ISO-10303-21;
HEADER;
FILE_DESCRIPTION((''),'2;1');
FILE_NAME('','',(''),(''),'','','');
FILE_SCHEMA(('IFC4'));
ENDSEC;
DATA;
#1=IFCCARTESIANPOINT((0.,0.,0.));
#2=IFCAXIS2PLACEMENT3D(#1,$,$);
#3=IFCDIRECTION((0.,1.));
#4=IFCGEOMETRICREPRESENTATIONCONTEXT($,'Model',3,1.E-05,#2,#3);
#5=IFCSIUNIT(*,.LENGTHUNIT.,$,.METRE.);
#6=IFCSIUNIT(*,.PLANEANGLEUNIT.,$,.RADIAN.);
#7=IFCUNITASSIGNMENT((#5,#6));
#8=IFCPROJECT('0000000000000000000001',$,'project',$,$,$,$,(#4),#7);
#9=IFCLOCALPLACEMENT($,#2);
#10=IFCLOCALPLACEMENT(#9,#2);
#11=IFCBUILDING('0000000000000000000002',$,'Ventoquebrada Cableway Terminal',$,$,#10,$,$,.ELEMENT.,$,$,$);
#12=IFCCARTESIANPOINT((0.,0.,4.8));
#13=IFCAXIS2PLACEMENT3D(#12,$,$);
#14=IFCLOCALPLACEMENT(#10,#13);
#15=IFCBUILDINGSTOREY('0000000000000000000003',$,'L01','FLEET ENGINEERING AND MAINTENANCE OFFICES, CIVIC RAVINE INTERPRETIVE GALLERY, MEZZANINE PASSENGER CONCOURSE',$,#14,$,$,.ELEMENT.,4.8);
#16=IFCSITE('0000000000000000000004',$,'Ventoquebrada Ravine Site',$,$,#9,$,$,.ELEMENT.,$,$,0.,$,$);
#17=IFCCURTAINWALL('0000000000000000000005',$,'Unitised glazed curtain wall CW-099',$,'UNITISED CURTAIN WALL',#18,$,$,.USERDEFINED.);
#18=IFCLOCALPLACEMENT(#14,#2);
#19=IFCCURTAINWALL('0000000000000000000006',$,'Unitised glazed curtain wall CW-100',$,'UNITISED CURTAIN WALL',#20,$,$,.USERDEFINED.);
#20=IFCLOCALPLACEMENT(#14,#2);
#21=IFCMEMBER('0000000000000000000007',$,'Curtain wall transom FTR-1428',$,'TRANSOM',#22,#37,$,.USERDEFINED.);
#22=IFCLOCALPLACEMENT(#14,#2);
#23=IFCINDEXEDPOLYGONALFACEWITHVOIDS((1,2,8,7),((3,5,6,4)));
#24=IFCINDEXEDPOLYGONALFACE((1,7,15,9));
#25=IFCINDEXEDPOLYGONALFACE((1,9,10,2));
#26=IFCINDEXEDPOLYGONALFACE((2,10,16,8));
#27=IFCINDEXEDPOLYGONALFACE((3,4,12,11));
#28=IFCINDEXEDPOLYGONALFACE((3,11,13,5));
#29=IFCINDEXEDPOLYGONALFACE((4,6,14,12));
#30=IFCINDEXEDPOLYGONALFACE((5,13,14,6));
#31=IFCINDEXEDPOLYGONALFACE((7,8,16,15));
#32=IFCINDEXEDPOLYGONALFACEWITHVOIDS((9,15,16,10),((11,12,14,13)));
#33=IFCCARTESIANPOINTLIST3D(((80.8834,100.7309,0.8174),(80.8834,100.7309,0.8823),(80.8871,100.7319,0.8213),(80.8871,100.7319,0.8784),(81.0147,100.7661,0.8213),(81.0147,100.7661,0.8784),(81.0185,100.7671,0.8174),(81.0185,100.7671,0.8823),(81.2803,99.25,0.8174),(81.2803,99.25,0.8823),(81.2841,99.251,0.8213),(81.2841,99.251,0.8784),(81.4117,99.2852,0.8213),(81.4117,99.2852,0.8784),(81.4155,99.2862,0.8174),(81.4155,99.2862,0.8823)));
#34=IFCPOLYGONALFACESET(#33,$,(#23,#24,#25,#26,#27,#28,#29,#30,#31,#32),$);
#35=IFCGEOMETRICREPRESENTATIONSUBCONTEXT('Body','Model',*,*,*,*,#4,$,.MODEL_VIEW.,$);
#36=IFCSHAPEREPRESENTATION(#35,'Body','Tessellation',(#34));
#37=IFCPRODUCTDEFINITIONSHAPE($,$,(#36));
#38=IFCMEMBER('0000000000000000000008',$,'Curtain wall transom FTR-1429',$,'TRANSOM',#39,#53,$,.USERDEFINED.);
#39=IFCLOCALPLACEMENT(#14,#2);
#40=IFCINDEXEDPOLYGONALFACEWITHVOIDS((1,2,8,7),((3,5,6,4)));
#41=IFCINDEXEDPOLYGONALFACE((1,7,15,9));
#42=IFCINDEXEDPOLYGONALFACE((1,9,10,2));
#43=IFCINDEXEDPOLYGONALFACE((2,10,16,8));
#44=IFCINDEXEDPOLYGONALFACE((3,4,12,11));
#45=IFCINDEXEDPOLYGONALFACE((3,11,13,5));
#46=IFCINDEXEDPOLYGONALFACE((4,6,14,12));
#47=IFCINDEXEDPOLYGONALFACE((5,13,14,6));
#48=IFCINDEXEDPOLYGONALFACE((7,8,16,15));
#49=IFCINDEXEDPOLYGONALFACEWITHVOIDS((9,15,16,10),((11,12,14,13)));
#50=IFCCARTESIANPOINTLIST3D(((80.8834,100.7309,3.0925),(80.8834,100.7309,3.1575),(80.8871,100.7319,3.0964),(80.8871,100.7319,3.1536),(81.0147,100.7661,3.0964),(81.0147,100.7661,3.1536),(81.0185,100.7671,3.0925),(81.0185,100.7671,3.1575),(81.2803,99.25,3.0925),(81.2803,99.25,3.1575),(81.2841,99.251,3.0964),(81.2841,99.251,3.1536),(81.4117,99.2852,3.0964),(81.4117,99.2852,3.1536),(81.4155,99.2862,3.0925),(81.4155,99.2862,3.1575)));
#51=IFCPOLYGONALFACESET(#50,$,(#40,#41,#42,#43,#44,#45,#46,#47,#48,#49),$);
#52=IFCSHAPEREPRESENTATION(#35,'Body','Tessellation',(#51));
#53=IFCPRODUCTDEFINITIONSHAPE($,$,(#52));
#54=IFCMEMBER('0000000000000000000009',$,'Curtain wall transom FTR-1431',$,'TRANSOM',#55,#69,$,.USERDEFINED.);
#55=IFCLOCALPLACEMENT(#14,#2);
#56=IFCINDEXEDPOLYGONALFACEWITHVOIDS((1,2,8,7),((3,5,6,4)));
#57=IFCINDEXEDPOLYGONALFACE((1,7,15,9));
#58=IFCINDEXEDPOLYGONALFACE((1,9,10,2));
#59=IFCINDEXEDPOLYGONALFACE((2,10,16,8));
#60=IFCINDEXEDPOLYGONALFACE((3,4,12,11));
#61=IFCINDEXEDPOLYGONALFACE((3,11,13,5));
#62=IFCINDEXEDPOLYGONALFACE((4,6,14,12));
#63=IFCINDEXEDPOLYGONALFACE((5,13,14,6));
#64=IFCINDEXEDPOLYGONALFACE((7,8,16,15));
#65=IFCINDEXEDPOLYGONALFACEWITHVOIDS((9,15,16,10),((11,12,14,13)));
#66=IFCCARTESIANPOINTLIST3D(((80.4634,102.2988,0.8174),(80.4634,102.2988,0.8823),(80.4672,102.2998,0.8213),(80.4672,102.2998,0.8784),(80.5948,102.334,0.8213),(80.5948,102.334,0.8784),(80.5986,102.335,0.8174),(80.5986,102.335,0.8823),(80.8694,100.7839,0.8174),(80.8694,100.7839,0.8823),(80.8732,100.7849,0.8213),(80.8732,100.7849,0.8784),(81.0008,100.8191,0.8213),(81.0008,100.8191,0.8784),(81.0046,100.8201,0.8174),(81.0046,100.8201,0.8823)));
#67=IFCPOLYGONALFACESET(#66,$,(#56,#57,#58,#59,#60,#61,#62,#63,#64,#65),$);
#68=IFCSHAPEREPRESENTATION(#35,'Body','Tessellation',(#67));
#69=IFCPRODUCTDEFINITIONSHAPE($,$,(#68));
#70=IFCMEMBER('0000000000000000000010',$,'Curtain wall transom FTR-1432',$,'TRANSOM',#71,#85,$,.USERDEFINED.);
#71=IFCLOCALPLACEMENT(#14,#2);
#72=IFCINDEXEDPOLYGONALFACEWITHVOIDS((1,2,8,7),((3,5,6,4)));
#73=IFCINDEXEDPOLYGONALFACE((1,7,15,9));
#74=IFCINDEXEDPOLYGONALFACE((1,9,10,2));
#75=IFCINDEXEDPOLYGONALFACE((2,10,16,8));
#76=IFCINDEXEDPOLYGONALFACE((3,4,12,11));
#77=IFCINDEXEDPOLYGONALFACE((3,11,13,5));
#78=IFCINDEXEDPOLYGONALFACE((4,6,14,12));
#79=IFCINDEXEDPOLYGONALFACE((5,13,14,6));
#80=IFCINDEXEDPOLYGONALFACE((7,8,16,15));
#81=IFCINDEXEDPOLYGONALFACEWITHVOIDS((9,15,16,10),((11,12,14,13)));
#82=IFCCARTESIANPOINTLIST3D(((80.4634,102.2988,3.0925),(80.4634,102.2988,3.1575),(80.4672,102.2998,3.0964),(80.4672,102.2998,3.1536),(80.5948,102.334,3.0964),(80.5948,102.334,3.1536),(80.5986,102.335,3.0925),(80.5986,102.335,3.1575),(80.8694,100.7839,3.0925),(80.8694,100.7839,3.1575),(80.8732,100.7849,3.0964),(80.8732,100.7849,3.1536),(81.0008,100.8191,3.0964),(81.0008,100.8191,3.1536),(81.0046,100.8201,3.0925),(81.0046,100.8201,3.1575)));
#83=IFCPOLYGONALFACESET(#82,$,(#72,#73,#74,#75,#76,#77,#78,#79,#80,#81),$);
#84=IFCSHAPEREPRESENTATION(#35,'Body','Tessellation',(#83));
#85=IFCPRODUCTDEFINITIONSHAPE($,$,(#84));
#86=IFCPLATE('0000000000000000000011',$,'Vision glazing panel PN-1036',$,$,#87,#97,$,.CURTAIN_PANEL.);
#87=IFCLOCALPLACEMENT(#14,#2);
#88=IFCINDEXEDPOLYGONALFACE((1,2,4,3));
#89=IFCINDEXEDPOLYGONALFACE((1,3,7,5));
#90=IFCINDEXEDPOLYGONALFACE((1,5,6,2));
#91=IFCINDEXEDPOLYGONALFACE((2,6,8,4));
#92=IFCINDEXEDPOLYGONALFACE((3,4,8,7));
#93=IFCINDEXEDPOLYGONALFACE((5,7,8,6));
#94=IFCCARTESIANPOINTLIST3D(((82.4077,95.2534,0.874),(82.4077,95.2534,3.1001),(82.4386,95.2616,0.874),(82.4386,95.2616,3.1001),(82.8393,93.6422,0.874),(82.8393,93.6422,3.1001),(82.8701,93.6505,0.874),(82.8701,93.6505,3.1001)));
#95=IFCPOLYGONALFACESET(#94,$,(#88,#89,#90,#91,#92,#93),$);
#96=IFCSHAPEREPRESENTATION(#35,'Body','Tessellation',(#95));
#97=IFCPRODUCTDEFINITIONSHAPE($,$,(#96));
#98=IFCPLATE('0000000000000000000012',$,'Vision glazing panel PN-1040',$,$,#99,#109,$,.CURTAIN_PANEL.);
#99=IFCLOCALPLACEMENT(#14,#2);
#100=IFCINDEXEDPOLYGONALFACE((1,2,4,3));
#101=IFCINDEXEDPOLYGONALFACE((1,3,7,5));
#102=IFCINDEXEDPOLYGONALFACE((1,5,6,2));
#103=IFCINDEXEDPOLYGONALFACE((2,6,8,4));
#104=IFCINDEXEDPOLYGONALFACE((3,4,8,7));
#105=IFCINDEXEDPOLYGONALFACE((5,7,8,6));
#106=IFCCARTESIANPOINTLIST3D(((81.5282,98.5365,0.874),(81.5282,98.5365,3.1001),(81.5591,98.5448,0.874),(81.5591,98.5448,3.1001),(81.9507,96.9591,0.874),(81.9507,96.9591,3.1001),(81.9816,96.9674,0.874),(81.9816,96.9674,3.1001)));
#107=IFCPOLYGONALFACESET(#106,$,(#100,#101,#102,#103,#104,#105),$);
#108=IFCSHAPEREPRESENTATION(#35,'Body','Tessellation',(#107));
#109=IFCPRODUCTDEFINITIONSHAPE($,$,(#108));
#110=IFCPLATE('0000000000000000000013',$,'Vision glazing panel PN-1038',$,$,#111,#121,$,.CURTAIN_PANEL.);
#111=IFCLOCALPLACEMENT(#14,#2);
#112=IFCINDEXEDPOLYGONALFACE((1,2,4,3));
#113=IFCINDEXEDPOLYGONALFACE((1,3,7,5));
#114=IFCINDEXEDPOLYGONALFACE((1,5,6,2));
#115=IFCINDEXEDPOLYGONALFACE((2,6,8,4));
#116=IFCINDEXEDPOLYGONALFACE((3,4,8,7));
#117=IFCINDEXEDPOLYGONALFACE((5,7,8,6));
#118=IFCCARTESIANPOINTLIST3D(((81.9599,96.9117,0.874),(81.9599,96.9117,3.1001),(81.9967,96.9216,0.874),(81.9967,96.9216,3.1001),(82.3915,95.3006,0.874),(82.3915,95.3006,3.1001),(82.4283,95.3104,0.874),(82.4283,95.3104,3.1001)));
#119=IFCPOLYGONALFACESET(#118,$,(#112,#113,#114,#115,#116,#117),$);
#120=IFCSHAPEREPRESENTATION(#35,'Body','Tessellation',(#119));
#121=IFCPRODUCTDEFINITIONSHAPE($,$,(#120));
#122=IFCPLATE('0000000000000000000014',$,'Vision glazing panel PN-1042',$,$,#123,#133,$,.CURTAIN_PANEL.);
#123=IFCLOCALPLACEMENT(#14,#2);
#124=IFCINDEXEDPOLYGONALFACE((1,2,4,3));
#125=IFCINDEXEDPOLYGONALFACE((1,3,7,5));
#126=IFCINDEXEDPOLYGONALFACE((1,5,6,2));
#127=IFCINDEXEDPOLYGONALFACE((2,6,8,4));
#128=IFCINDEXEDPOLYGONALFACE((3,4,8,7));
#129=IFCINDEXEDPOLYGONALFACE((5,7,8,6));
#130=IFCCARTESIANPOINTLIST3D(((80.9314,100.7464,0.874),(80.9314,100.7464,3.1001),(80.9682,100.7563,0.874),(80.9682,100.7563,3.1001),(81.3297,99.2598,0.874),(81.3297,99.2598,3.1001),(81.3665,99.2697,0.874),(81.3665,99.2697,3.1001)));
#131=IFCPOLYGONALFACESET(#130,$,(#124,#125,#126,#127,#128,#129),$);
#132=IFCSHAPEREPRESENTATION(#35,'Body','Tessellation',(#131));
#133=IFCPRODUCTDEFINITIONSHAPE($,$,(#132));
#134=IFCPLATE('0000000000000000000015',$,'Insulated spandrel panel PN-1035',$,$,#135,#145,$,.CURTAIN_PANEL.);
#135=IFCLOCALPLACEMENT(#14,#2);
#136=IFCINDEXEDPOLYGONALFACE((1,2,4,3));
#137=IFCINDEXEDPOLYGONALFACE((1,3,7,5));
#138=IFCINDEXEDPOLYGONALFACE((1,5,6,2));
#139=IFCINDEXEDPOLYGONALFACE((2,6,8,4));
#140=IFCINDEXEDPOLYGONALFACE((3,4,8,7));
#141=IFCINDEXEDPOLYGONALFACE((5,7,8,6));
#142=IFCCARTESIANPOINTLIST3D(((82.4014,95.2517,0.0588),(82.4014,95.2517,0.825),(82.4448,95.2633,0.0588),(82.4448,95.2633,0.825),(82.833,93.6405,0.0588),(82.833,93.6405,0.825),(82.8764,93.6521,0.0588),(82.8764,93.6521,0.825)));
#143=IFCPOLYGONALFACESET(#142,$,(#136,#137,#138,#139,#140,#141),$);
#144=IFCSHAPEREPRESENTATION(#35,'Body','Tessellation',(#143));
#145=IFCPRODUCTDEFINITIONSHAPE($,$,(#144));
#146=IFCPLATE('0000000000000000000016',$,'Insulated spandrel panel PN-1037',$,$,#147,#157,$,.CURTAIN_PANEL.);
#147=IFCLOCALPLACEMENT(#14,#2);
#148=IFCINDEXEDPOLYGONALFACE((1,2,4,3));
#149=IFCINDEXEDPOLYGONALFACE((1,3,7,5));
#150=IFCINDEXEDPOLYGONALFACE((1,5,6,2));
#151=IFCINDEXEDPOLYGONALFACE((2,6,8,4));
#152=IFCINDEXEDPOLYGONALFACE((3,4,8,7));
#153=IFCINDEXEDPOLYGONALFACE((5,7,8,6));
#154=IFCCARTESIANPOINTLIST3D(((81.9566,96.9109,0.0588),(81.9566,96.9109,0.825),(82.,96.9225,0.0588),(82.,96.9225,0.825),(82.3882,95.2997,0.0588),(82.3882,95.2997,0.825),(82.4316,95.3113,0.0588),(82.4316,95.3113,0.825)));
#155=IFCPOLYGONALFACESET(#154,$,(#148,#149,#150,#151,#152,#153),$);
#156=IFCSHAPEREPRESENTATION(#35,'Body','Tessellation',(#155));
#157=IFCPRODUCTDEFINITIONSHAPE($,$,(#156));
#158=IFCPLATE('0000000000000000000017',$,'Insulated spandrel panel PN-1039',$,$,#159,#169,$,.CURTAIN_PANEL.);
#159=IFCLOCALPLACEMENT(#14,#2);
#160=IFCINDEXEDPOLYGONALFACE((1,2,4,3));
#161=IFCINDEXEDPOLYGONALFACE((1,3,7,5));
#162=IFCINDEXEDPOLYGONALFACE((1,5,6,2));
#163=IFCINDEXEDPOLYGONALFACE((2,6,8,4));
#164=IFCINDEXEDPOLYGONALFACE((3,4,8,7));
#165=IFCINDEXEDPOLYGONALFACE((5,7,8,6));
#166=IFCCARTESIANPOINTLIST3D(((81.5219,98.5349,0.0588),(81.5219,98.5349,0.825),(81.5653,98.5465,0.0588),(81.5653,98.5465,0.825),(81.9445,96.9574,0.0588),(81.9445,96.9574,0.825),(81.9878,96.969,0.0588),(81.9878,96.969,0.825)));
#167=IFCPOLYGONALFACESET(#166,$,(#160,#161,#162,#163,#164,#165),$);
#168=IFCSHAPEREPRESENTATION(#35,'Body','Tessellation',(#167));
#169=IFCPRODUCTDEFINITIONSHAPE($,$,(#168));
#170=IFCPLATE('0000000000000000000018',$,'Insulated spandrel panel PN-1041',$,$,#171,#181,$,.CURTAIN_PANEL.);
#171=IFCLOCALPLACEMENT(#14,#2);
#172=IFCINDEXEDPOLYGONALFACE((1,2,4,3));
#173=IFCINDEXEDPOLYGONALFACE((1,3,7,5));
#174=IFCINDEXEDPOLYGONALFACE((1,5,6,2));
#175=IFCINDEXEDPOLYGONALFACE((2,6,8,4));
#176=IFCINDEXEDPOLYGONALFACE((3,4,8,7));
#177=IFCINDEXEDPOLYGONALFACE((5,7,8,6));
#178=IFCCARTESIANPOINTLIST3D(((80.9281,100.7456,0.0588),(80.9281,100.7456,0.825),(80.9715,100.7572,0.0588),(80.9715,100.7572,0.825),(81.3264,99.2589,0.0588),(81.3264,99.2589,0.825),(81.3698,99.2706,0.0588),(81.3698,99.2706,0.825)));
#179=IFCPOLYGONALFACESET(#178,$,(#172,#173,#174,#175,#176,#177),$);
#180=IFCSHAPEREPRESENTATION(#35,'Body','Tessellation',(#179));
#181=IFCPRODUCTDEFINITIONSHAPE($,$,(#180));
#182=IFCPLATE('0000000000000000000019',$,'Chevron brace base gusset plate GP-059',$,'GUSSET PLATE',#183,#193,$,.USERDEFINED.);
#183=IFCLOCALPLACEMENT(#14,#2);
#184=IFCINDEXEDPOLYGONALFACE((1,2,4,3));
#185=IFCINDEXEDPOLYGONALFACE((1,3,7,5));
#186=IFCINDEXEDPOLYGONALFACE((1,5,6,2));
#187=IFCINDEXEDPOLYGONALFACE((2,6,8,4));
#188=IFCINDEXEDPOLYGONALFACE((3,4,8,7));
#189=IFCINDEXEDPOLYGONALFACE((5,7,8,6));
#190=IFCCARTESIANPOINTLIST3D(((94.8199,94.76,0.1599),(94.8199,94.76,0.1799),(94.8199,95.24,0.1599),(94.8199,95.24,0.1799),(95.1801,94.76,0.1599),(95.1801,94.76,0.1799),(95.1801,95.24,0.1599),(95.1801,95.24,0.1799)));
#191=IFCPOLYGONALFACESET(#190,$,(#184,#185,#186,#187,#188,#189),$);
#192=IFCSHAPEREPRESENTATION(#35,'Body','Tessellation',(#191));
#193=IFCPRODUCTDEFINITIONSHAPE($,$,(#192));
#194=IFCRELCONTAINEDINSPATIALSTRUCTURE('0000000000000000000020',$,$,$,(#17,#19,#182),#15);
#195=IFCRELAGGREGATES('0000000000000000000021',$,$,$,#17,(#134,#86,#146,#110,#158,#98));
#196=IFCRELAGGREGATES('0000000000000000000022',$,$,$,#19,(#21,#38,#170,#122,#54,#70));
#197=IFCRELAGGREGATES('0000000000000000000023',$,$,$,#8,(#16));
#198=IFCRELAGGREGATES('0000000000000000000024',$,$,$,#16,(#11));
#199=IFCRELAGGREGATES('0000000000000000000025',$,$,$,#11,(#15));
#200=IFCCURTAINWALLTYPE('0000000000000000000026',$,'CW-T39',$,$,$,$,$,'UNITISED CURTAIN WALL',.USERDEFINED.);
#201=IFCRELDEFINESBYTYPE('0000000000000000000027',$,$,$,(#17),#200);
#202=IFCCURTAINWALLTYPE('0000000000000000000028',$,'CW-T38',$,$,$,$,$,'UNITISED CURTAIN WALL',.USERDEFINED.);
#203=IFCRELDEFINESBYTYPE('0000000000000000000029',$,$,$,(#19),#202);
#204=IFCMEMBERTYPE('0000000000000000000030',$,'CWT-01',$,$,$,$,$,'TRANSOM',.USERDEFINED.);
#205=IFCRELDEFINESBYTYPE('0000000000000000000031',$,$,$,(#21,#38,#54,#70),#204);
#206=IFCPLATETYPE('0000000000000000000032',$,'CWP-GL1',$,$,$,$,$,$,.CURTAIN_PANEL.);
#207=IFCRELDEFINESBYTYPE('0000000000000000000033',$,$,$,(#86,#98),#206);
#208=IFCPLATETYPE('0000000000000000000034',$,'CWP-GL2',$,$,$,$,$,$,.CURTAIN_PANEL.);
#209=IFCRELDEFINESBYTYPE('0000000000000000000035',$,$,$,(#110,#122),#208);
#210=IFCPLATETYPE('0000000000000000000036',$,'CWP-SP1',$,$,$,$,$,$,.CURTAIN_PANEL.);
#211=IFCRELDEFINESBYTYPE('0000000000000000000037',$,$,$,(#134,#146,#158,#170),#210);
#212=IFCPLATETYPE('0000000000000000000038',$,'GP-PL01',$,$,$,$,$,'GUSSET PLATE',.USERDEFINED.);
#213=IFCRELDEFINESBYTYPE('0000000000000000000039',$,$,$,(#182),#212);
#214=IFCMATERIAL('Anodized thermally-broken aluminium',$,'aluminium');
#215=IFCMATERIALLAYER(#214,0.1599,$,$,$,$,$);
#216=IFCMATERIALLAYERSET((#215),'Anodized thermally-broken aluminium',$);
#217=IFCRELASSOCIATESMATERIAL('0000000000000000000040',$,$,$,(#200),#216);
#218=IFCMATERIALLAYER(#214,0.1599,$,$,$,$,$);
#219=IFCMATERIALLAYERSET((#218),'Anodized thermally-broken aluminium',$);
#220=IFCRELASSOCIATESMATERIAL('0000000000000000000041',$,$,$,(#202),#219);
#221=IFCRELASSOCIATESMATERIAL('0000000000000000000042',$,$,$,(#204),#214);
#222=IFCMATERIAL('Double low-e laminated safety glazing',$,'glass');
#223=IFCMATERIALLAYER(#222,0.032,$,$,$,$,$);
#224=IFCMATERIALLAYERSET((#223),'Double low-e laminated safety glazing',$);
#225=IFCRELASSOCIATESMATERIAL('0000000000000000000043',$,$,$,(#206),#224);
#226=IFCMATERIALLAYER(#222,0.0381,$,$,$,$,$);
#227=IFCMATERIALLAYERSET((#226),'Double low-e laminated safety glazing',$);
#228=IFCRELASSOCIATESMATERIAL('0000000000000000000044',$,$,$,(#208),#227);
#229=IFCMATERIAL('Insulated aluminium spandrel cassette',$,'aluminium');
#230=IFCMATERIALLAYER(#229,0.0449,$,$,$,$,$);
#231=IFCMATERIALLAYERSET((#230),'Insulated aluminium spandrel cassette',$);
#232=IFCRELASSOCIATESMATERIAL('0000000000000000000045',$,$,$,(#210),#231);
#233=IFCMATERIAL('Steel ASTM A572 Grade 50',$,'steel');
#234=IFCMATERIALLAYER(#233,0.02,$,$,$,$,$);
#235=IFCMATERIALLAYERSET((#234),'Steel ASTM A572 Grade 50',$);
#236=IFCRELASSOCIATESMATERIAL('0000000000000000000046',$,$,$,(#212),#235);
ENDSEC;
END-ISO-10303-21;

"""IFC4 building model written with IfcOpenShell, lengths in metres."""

from ifc_helpers import new_model, si_unit, direction, frame, origin, origin_2d, place, context, subcontext, project, spatial, rectangle, hollow_rectangle, extrude, material, layer, layer_set, material_profile, profile_set, type_object, element, aggregate, save


model = new_model("IFC4")

# Units and contexts
model_context = context("Model", 3, precision=1e-05, world=origin(), true_north=direction((0.0, 1.0)))
body_context = subcontext(model_context, "Body", "Model", "MODEL_VIEW")
ifc_project = project(units=[si_unit("LENGTHUNIT", "METRE"), si_unit("PLANEANGLEUNIT", "RADIAN")], contexts=[model_context])

# Site, building, storey
site_placement = place(None, origin())
site = spatial("IfcSite", under=ifc_project, at=site_placement, Name="Ventoquebrada Ravine Site", CompositionType="ELEMENT", RefElevation=0.0)
building_placement = place(site_placement, origin())
building = spatial("IfcBuilding", under=site, at=building_placement, Name="Ventoquebrada Cableway Terminal", CompositionType="ELEMENT")
storey_placement = place(building_placement, frame((0.0, 0.0, 4.8)))
storey = spatial("IfcBuildingStorey", under=building, at=storey_placement, Name="L01", Description="FLEET ENGINEERING AND MAINTENANCE OFFICES, CIVIC RAVINE INTERPRETIVE GALLERY, MEZZANINE PASSENGER CONCOURSE", CompositionType="ELEMENT", Elevation=4.8)

# Curtain walls
ifc_material_1 = material(Name="Anodized thermally-broken aluminium", Category="aluminium")
ifc_layer_1 = layer(ifc_material_1, 0.1599)
ifc_layer_set_1 = layer_set([ifc_layer_1], Name="Anodized thermally-broken aluminium")
curtain_wall_type_1 = type_object("IfcCurtainWallType", Name="CW-T39", ElementType="UNITISED CURTAIN WALL", PredefinedType="USERDEFINED", material=ifc_layer_set_1)
curtain_wall_1_placement = place(storey_placement, origin())
curtain_wall_1 = element("IfcCurtainWall", 1, at=curtain_wall_1_placement, inside=storey, type_object=curtain_wall_type_1, Name="Unitised glazed curtain wall CW-099", ObjectType="UNITISED CURTAIN WALL", PredefinedType="USERDEFINED")
ifc_layer_2 = layer(ifc_material_1, 0.1599)
ifc_layer_set_2 = layer_set([ifc_layer_2], Name="Anodized thermally-broken aluminium")
curtain_wall_type_2 = type_object("IfcCurtainWallType", Name="CW-T38", ElementType="UNITISED CURTAIN WALL", PredefinedType="USERDEFINED", material=ifc_layer_set_2)
curtain_wall_2_placement = place(storey_placement, origin())
curtain_wall_2 = element("IfcCurtainWall", 2, at=curtain_wall_2_placement, inside=storey, type_object=curtain_wall_type_2, Name="Unitised glazed curtain wall CW-100", ObjectType="UNITISED CURTAIN WALL", PredefinedType="USERDEFINED")

# Members
ifc_material_profile_1 = material_profile(ifc_material_1, hollow_rectangle(XDim=0.0649, YDim=0.1399, WallThickness=0.0039, at=origin_2d()), Name="CW-TRN-65X140")
ifc_profile_set_1 = profile_set([ifc_material_profile_1], Name="Anodized thermally-broken aluminium")
member_type_1 = type_object("IfcMemberType", Name="CWT-01", ElementType="TRANSOM", PredefinedType="USERDEFINED", material=ifc_profile_set_1)
member_1_placement = place(storey_placement, frame((81.3479, 99.2681, 0.8499), z_axis=(-0.258911, 0.965901, 0.0), x_axis=(0.0, 0.0, 1.0)))
member_1 = element("IfcMember", 3, at=member_1_placement, type_object=member_type_1, Name="Curtain wall transom FTR-1428", ObjectType="TRANSOM", PredefinedType="USERDEFINED", context=body_context, shape_type="SweptSolid", body=[
    extrude(hollow_rectangle(XDim=0.0649, YDim=0.1399, WallThickness=0.0039, at=origin_2d()), origin(), (0.0, 0.0, 1.0), 1.5332),
])
member_2_placement = place(storey_placement, frame((81.3479, 99.2681, 3.125), z_axis=(-0.258911, 0.965901, 0.0), x_axis=(0.0, 0.0, 1.0)))
member_2 = element("IfcMember", 4, at=member_2_placement, type_object=member_type_1, Name="Curtain wall transom FTR-1429", ObjectType="TRANSOM", PredefinedType="USERDEFINED", context=body_context, shape_type="SweptSolid", body=[
    extrude(hollow_rectangle(XDim=0.0649, YDim=0.1399, WallThickness=0.0039, at=origin_2d()), origin(), (0.0, 0.0, 1.0), 1.5332),
])
member_3_placement = place(storey_placement, frame((80.937, 100.802, 0.8499), z_axis=(-0.258874, 0.965911, 0.0), x_axis=(0.0, 0.0, 1.0)))
member_3 = element("IfcMember", 5, at=member_3_placement, type_object=member_type_1, Name="Curtain wall transom FTR-1431", ObjectType="TRANSOM", PredefinedType="USERDEFINED", context=body_context, shape_type="SweptSolid", body=[
    extrude(hollow_rectangle(XDim=0.0649, YDim=0.1399, WallThickness=0.0039, at=origin_2d()), origin(), (0.0, 0.0, 1.0), 1.5684),
])
member_4_placement = place(storey_placement, frame((80.937, 100.802, 3.125), z_axis=(-0.258874, 0.965911, 0.0), x_axis=(0.0, 0.0, 1.0)))
member_4 = element("IfcMember", 6, at=member_4_placement, type_object=member_type_1, Name="Curtain wall transom FTR-1432", ObjectType="TRANSOM", PredefinedType="USERDEFINED", context=body_context, shape_type="SweptSolid", body=[
    extrude(hollow_rectangle(XDim=0.0649, YDim=0.1399, WallThickness=0.0039, at=origin_2d()), origin(), (0.0, 0.0, 1.0), 1.5684),
])

# Plates
ifc_material_2 = material(Name="Double low-e laminated safety glazing", Category="glass")
ifc_layer_3 = layer(ifc_material_2, 0.032)
ifc_layer_set_3 = layer_set([ifc_layer_3], Name="Double low-e laminated safety glazing")
plate_type_1 = type_object("IfcPlateType", Name="CWP-GL1", PredefinedType="CURTAIN_PANEL", material=ifc_layer_set_3)
plate_1_placement = place(storey_placement, frame((82.6389, 94.4519, 0.874), z_axis=(0.0, 0.0, 1.0), x_axis=(-0.258735, 0.965948, 0.0)))
plate_1 = element("IfcPlate", 7, at=plate_1_placement, type_object=plate_type_1, Name="Vision glazing panel PN-1036", PredefinedType="CURTAIN_PANEL", context=body_context, shape_type="SweptSolid", body=[
    extrude(rectangle(XDim=1.668, YDim=0.032, at=origin_2d()), origin(), (0.0, 0.0, 1.0), 2.2261),
])
plate_2_placement = place(storey_placement, frame((81.7549, 97.752, 0.874), z_axis=(0.0, 0.0, 1.0), x_axis=(-0.258735, 0.965948, 0.0)))
plate_2 = element("IfcPlate", 8, at=plate_2_placement, type_object=plate_type_1, Name="Vision glazing panel PN-1040", PredefinedType="CURTAIN_PANEL", context=body_context, shape_type="SweptSolid", body=[
    extrude(rectangle(XDim=1.6331, YDim=0.032, at=origin_2d()), origin(), (0.0, 0.0, 1.0), 2.2261),
])
ifc_layer_4 = layer(ifc_material_2, 0.0381)
ifc_layer_set_4 = layer_set([ifc_layer_4], Name="Double low-e laminated safety glazing")
plate_type_2 = type_object("IfcPlateType", Name="CWP-GL2", PredefinedType="CURTAIN_PANEL", material=ifc_layer_set_4)
plate_3_placement = place(storey_placement, frame((82.1941, 96.1111, 0.874), z_axis=(0.0, 0.0, 1.0), x_axis=(-0.258735, 0.965948, 0.0)))
plate_3 = element("IfcPlate", 9, at=plate_3_placement, type_object=plate_type_2, Name="Vision glazing panel PN-1038", PredefinedType="CURTAIN_PANEL", context=body_context, shape_type="SweptSolid", body=[
    extrude(rectangle(XDim=1.668, YDim=0.0381, at=origin_2d()), origin(), (0.0, 0.0, 1.0), 2.2261),
])
plate_4_placement = place(storey_placement, frame((81.1489, 100.0081, 0.874), z_axis=(0.0, 0.0, 1.0), x_axis=(-0.258785, 0.965935, 0.0)))
plate_4 = element("IfcPlate", 10, at=plate_4_placement, type_object=plate_type_2, Name="Vision glazing panel PN-1042", PredefinedType="CURTAIN_PANEL", context=body_context, shape_type="SweptSolid", body=[
    extrude(rectangle(XDim=1.5391, YDim=0.0381, at=origin_2d()), origin(), (0.0, 0.0, 1.0), 2.2261),
])
ifc_material_3 = material(Name="Insulated aluminium spandrel cassette", Category="aluminium")
ifc_layer_5 = layer(ifc_material_3, 0.0449)
ifc_layer_set_5 = layer_set([ifc_layer_5], Name="Insulated aluminium spandrel cassette")
plate_type_3 = type_object("IfcPlateType", Name="CWP-SP1", PredefinedType="CURTAIN_PANEL", material=ifc_layer_set_5)
plate_5_placement = place(storey_placement, frame((82.6389, 94.4519, 0.0588), z_axis=(0.0, 0.0, 1.0), x_axis=(-0.258735, 0.965948, 0.0)))
plate_5 = element("IfcPlate", 11, at=plate_5_placement, type_object=plate_type_3, Name="Insulated spandrel panel PN-1035", PredefinedType="CURTAIN_PANEL", context=body_context, shape_type="SweptSolid", body=[
    extrude(rectangle(XDim=1.668, YDim=0.0449, at=origin_2d()), origin(), (0.0, 0.0, 1.0), 0.7661),
])
plate_6_placement = place(storey_placement, frame((82.1941, 96.1111, 0.0588), z_axis=(0.0, 0.0, 1.0), x_axis=(-0.258735, 0.965948, 0.0)))
plate_6 = element("IfcPlate", 12, at=plate_6_placement, type_object=plate_type_3, Name="Insulated spandrel panel PN-1037", PredefinedType="CURTAIN_PANEL", context=body_context, shape_type="SweptSolid", body=[
    extrude(rectangle(XDim=1.668, YDim=0.0449, at=origin_2d()), origin(), (0.0, 0.0, 1.0), 0.7661),
])
plate_7_placement = place(storey_placement, frame((81.7549, 97.752, 0.0588), z_axis=(0.0, 0.0, 1.0), x_axis=(-0.258735, 0.965948, 0.0)))
plate_7 = element("IfcPlate", 13, at=plate_7_placement, type_object=plate_type_3, Name="Insulated spandrel panel PN-1039", PredefinedType="CURTAIN_PANEL", context=body_context, shape_type="SweptSolid", body=[
    extrude(rectangle(XDim=1.6331, YDim=0.0449, at=origin_2d()), origin(), (0.0, 0.0, 1.0), 0.7661),
])
aggregate(curtain_wall_1, [plate_5, plate_1, plate_6, plate_3, plate_7, plate_2])
plate_8_placement = place(storey_placement, frame((81.1489, 100.0081, 0.0588), z_axis=(0.0, 0.0, 1.0), x_axis=(-0.258785, 0.965935, 0.0)))
plate_8 = element("IfcPlate", 14, at=plate_8_placement, type_object=plate_type_3, Name="Insulated spandrel panel PN-1041", PredefinedType="CURTAIN_PANEL", context=body_context, shape_type="SweptSolid", body=[
    extrude(rectangle(XDim=1.5391, YDim=0.0449, at=origin_2d()), origin(), (0.0, 0.0, 1.0), 0.7661),
])
aggregate(curtain_wall_2, [member_1, member_2, plate_8, plate_4, member_3, member_4])
ifc_material_4 = material(Name="Steel ASTM A572 Grade 50", Category="steel")
ifc_layer_6 = layer(ifc_material_4, 0.02)
ifc_layer_set_6 = layer_set([ifc_layer_6], Name="Steel ASTM A572 Grade 50")
plate_type_4 = type_object("IfcPlateType", Name="GP-PL01", ElementType="GUSSET PLATE", PredefinedType="USERDEFINED", material=ifc_layer_set_6)
plate_9_placement = place(storey_placement, frame((95.0, 95.0, 0.1599), z_axis=(0.0, 0.0, 1.0), x_axis=(0.0, 1.0, 0.0)))
element("IfcPlate", 15, at=plate_9_placement, inside=storey, type_object=plate_type_4, Name="Chevron brace base gusset plate GP-059", ObjectType="GUSSET PLATE", PredefinedType="USERDEFINED", context=body_context, shape_type="SweptSolid", body=[
    extrude(rectangle(XDim=0.48, YDim=0.3601, at=origin_2d()), origin(), (0.0, 0.0, 1.0), 0.02),
])

save(model, "model.ifc")
